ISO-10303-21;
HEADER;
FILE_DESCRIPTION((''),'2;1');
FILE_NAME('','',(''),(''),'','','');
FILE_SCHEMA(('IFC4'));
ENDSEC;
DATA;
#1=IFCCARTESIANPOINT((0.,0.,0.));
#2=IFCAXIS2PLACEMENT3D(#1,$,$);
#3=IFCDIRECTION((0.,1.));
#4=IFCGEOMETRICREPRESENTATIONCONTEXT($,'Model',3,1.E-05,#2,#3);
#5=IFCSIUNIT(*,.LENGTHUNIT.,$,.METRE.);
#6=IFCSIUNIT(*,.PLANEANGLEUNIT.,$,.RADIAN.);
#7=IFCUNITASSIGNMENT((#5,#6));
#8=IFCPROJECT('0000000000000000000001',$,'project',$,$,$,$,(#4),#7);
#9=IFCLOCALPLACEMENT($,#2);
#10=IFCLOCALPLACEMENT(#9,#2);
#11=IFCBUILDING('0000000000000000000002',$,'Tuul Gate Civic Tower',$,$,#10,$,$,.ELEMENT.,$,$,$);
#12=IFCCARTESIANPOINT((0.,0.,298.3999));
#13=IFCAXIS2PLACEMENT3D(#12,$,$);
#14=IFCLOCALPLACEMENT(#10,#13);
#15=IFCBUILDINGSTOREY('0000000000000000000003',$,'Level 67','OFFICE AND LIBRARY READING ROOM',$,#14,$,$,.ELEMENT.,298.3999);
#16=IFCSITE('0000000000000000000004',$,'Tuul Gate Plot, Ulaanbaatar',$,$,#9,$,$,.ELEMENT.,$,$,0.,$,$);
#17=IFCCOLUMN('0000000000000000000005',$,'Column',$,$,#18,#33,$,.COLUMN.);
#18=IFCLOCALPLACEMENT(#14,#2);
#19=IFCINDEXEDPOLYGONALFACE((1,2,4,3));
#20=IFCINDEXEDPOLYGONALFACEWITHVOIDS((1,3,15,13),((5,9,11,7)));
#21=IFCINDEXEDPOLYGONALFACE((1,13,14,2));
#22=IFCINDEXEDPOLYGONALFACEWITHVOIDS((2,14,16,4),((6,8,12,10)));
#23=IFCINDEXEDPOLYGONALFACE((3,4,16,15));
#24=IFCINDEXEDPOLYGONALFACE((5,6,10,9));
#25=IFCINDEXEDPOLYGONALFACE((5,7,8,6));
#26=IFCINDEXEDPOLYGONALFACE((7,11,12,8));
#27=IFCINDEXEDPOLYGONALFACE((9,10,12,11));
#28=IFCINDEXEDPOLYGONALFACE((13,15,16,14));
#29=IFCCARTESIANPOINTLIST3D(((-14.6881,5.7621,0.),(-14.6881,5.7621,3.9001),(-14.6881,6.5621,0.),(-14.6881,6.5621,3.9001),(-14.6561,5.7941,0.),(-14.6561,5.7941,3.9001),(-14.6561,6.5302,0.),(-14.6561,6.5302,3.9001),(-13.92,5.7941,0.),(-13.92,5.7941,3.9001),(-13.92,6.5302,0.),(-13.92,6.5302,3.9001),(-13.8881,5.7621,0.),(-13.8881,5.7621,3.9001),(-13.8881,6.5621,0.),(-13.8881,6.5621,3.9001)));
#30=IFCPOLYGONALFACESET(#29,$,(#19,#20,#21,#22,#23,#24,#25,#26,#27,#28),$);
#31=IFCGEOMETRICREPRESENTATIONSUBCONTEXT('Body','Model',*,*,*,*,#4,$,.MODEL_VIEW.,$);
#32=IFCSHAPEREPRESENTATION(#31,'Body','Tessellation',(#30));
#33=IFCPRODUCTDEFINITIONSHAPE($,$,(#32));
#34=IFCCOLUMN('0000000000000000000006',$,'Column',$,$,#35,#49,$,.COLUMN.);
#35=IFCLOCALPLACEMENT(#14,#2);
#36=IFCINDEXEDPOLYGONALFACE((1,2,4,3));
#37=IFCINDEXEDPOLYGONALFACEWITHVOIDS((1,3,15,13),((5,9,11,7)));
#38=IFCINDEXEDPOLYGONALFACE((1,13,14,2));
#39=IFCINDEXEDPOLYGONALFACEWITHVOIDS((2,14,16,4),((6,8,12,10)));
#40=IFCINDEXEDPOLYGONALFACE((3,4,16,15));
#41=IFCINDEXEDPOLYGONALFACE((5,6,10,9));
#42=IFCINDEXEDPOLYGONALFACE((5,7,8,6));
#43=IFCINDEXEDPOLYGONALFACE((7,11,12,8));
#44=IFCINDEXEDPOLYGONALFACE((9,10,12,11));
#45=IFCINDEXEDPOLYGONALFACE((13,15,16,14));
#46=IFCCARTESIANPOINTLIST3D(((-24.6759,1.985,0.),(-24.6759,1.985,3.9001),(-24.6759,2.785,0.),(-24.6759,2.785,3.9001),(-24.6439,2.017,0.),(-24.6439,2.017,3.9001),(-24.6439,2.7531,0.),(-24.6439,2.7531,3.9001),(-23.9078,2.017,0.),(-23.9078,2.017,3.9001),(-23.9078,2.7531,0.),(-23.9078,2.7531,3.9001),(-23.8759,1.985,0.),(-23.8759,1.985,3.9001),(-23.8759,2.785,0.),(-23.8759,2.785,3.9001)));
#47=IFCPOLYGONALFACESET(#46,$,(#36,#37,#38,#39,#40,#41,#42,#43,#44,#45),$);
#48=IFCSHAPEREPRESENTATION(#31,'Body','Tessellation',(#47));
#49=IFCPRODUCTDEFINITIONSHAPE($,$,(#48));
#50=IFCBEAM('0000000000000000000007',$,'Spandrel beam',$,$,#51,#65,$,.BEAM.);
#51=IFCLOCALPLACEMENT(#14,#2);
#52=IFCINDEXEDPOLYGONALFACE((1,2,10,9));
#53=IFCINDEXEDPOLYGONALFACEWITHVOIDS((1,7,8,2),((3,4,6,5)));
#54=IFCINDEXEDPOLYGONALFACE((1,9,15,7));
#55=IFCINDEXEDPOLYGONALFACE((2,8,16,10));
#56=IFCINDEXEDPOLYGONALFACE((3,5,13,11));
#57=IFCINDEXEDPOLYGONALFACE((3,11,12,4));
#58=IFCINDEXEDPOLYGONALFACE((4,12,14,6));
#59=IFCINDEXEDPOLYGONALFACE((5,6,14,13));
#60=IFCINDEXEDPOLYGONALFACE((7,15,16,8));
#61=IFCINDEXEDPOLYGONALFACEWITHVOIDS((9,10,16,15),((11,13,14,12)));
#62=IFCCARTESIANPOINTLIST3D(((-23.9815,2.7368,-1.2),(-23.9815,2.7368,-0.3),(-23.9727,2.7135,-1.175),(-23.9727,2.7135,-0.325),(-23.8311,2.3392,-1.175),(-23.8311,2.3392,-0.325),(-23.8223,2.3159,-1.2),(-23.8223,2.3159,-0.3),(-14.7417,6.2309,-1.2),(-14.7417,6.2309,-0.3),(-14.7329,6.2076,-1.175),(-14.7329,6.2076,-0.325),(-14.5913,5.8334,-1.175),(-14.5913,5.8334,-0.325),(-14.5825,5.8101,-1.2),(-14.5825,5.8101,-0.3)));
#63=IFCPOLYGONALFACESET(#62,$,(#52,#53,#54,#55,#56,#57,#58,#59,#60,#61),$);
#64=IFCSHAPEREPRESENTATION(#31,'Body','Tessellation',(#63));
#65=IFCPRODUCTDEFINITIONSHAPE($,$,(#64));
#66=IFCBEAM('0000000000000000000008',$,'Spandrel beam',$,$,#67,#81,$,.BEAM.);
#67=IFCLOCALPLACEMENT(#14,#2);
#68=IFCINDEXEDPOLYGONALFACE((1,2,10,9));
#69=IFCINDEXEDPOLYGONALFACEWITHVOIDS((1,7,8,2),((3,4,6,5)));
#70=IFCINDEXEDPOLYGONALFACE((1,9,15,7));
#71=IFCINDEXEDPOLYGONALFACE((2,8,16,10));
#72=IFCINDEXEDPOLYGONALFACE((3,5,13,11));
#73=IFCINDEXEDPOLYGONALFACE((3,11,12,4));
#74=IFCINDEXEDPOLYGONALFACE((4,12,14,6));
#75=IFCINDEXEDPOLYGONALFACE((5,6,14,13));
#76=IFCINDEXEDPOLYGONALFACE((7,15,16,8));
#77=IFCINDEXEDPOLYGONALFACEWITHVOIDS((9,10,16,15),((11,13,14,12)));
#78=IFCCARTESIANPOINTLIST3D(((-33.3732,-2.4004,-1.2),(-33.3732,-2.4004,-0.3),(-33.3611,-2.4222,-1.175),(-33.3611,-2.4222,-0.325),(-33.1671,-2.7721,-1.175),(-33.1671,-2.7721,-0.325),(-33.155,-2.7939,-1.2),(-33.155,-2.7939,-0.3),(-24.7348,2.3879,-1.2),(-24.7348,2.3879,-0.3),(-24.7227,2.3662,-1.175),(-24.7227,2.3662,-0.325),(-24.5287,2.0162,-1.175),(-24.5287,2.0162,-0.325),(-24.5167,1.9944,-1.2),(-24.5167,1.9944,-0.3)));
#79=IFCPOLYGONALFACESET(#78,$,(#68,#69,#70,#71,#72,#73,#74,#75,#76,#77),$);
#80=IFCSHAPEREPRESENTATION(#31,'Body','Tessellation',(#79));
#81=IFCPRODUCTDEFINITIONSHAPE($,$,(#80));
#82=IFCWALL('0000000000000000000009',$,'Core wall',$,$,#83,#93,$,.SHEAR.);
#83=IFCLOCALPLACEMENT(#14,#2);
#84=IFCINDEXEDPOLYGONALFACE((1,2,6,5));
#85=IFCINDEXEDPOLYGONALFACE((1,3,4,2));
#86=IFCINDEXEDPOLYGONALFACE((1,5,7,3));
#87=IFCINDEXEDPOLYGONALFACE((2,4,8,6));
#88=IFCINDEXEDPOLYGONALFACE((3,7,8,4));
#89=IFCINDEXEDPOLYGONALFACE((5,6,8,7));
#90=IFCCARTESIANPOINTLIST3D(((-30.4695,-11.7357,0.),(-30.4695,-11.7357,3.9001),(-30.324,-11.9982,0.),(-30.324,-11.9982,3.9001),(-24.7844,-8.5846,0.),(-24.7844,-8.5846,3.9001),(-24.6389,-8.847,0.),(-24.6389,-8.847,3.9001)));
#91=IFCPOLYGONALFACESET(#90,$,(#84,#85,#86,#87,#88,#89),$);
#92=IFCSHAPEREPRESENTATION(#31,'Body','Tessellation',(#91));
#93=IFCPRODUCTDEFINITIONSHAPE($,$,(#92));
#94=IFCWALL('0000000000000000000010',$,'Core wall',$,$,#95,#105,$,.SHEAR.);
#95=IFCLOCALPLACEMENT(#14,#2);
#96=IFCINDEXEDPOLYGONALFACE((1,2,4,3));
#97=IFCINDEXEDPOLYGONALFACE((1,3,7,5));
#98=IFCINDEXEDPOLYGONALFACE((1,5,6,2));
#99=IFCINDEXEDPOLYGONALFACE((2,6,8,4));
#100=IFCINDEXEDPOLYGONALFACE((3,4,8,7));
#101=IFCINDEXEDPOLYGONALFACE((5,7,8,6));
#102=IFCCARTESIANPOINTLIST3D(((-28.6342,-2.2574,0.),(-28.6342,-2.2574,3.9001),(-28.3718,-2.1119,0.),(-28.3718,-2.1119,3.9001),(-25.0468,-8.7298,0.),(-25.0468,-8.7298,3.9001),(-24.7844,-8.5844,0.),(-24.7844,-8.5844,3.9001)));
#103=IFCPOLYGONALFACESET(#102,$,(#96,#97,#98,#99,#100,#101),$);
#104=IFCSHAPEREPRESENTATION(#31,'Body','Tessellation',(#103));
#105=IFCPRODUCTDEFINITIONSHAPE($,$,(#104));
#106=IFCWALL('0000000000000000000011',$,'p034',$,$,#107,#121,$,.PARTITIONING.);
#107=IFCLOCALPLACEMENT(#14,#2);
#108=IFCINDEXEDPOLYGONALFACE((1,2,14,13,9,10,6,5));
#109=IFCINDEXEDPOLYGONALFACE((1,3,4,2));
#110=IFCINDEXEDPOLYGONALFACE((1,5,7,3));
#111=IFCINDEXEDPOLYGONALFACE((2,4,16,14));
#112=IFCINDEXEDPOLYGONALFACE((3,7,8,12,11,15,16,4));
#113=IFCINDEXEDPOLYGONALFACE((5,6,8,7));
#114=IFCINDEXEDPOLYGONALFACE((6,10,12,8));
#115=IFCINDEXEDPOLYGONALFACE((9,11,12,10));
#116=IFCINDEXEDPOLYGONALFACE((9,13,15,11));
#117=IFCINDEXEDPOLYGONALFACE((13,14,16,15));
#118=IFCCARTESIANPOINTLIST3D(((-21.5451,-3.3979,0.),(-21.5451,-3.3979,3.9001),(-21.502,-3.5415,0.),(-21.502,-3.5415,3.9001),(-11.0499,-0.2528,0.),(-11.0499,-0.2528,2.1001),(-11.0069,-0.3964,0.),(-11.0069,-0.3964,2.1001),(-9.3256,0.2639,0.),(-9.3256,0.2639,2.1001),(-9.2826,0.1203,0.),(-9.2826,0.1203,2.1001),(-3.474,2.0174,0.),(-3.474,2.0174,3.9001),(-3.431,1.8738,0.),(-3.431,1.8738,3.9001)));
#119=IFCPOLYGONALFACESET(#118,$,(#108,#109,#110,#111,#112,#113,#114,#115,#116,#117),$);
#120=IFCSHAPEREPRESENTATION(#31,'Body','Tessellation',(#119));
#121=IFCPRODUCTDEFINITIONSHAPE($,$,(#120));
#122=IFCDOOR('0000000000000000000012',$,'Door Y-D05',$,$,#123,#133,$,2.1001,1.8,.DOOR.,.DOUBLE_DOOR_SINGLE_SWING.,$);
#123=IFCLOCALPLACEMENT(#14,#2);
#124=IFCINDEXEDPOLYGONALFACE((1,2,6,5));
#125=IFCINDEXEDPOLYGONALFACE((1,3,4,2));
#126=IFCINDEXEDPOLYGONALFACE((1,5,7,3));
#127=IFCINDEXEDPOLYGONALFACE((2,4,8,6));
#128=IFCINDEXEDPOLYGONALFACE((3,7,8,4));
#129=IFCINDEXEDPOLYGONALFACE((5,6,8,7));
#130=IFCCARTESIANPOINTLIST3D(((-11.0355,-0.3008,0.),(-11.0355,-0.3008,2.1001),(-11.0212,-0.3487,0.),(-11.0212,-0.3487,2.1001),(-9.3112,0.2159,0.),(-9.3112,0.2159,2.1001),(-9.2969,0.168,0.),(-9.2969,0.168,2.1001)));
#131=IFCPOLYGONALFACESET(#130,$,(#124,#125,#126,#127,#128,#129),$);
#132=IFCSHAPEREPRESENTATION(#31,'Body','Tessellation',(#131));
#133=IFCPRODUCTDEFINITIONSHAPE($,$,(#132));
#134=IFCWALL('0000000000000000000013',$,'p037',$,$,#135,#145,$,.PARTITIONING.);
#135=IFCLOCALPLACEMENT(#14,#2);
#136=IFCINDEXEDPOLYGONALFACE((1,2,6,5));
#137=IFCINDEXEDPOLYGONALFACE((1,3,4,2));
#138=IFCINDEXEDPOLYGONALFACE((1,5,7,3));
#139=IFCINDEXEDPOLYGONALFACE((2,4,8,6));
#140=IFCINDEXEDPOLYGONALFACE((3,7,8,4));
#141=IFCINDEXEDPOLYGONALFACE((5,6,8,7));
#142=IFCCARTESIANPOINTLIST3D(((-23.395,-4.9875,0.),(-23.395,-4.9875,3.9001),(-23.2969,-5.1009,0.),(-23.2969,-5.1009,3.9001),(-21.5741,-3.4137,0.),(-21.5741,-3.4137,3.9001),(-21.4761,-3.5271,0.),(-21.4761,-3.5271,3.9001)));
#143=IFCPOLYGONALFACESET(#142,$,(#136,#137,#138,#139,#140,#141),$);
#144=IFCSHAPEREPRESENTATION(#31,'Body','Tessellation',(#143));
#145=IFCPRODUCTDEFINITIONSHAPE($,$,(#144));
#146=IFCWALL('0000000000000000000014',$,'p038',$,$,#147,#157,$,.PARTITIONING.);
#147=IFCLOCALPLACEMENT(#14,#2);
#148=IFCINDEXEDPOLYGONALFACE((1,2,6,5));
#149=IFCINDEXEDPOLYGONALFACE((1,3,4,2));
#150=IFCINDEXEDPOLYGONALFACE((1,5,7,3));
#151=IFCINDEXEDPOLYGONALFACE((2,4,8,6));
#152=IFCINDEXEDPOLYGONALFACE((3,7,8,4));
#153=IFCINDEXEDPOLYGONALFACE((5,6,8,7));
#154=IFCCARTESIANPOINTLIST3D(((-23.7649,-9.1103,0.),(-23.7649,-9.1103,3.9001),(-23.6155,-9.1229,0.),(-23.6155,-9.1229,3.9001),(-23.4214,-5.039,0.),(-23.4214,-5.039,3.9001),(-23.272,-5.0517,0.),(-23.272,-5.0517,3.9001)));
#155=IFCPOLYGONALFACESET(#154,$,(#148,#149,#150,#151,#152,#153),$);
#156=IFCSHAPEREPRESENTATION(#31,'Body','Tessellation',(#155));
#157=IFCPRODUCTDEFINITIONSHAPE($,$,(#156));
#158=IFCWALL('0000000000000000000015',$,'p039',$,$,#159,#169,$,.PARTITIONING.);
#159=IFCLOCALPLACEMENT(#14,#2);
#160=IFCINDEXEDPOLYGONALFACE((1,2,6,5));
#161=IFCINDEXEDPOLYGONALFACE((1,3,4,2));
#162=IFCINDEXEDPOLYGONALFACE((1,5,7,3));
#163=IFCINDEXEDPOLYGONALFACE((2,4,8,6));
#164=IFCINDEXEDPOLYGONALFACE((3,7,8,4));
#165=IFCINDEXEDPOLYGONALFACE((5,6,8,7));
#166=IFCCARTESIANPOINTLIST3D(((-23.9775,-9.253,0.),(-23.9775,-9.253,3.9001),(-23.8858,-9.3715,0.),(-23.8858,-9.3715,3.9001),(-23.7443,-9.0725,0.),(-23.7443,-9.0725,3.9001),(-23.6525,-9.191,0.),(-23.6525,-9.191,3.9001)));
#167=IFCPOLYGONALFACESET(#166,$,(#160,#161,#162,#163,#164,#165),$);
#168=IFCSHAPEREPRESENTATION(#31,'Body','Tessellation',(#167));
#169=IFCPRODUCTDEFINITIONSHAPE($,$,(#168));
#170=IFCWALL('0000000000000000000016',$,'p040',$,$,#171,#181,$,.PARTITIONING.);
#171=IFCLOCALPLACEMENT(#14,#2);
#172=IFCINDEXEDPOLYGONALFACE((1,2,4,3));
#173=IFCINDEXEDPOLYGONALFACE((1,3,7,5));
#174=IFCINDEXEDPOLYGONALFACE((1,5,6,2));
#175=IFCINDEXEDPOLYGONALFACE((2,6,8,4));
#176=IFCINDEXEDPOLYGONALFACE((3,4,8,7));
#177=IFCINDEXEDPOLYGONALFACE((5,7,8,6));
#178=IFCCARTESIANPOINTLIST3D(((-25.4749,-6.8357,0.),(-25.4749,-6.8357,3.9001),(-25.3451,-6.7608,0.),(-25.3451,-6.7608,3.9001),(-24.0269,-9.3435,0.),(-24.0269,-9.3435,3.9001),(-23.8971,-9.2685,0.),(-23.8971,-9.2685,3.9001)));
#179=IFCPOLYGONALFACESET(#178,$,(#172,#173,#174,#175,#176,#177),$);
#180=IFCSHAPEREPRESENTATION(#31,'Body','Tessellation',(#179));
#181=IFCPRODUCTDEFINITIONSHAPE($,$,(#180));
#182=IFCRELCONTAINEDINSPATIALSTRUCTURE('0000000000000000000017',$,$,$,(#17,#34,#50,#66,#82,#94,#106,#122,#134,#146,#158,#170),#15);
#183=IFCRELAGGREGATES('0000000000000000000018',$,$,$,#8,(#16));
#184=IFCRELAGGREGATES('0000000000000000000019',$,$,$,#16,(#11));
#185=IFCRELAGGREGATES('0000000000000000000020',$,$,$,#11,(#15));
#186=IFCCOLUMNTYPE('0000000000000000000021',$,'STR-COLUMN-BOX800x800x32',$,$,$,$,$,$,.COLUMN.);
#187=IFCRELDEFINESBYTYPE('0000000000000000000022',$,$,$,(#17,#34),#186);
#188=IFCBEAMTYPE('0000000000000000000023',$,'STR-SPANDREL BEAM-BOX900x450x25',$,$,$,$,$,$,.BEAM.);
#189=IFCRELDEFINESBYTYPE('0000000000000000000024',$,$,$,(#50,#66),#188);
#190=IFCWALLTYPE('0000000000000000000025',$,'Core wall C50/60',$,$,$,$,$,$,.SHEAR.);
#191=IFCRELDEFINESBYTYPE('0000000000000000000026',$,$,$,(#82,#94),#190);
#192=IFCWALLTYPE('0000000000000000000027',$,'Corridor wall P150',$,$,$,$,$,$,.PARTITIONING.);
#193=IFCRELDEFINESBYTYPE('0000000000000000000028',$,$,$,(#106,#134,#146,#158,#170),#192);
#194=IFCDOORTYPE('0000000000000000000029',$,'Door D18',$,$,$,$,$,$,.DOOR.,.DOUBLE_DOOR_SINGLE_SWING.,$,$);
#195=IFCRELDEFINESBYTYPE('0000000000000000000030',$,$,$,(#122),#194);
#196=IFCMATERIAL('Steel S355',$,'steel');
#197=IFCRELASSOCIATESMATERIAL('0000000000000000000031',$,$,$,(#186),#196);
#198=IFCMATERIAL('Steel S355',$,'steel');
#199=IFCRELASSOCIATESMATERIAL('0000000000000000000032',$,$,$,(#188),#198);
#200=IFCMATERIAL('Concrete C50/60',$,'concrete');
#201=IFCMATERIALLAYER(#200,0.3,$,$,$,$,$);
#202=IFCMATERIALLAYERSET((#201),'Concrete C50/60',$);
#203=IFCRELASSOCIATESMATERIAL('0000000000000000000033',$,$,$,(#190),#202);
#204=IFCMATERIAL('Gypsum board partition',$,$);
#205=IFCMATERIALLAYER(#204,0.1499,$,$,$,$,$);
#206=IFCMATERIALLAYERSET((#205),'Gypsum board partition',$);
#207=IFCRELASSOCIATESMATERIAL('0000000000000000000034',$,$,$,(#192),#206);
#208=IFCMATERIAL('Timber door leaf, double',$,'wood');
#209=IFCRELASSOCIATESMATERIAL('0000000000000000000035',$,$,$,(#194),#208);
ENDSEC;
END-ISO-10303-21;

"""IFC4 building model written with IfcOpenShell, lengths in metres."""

from ifc_helpers import new_model, si_unit, direction, frame, frame_2d, origin, origin_2d, place, context, subcontext, project, spatial, rectangle, hollow_rectangle, extrude, material, layer, layer_set, material_profile, profile_set, type_object, element, fill, save


model = new_model("IFC4")

# Units and contexts
model_context = context("Model", 3, precision=1e-05, world=origin(), true_north=direction((0.0, 1.0)))
body_context = subcontext(model_context, "Body", "Model", "MODEL_VIEW")
ifc_project = project(units=[si_unit("LENGTHUNIT", "METRE"), si_unit("PLANEANGLEUNIT", "RADIAN")], contexts=[model_context])

# Site, building, storey
site_placement = place(None, origin())
site = spatial("IfcSite", under=ifc_project, at=site_placement, Name="Tuul Gate Plot, Ulaanbaatar", CompositionType="ELEMENT", RefElevation=0.0)
building_placement = place(site_placement, origin())
building = spatial("IfcBuilding", under=site, at=building_placement, Name="Tuul Gate Civic Tower", CompositionType="ELEMENT")
storey_placement = place(building_placement, frame((0.0, 0.0, 298.3999)))
storey = spatial("IfcBuildingStorey", under=building, at=storey_placement, Name="Level 67", Description="OFFICE AND LIBRARY READING ROOM", CompositionType="ELEMENT", Elevation=298.3999)

# Columns
ifc_material_1 = material(Name="Steel S355", Category="steel")
ifc_material_profile_1 = material_profile(ifc_material_1, hollow_rectangle(XDim=0.8, YDim=0.8, WallThickness=0.032, at=origin_2d()), Name="BOX800x800x32")
ifc_profile_set_1 = profile_set([ifc_material_profile_1], Name="Steel S355")
column_type = type_object("IfcColumnType", Name="STR-COLUMN-BOX800x800x32", PredefinedType="COLUMN", material=ifc_profile_set_1)
for number, where, z_axis, x_axis, name in (
    (1, (-14.2881, 6.1621, 0.0), (0.0, 0.0, 1.0), (1.0, 0.0, 0.0), "Column"),
    (2, (-24.2759, 2.385, 0.0), (0.0, 0.0, 1.0), (1.0, 0.0, 0.0), "Column"),
):
    element("IfcColumn", number, at=place(storey_placement, frame(where, z_axis=z_axis, x_axis=x_axis)), inside=storey, type_object=column_type, Name=name, PredefinedType="COLUMN", context=body_context, shape_type="SweptSolid", body=[
        extrude(hollow_rectangle(XDim=0.8, YDim=0.8, WallThickness=0.032, at=origin_2d()), origin(), (0.0, 0.0, 1.0), 3.9001),
    ])

# Beams
ifc_material_2 = material(Name="Steel S355", Category="steel")
ifc_material_profile_2 = material_profile(ifc_material_2, hollow_rectangle(XDim=0.45, YDim=0.8999, WallThickness=0.0249, at=origin_2d()), Name="BOX900x450x25")
ifc_profile_set_2 = profile_set([ifc_material_profile_2], Name="Steel S355")
beam_type = type_object("IfcBeamType", Name="STR-SPANDREL BEAM-BOX900x450x25", PredefinedType="BEAM", material=ifc_profile_set_2)
beam_1_placement = place(storey_placement, frame((-14.6621, 6.0205, -0.75), z_axis=(-0.935353, -0.353717, 0.0), x_axis=(0.353717, -0.935353, 0.0)))
element("IfcBeam", 3, at=beam_1_placement, inside=storey, type_object=beam_type, Name="Spandrel beam", PredefinedType="BEAM", context=body_context, shape_type="SweptSolid", body=[
    extrude(hollow_rectangle(XDim=0.45, YDim=0.8999, WallThickness=0.0249, at=origin_2d()), origin(), (0.0, 0.0, 1.0), 9.8784),
])
beam_2_placement = place(storey_placement, frame((-24.6257, 2.1912, -0.75), z_axis=(-0.874621, -0.484807, 0.0), x_axis=(0.484807, -0.874621, 0.0)))
element("IfcBeam", 4, at=beam_2_placement, inside=storey, type_object=beam_type, Name="Spandrel beam", PredefinedType="BEAM", context=body_context, shape_type="SweptSolid", body=[
    extrude(hollow_rectangle(XDim=0.45, YDim=0.8999, WallThickness=0.0249, at=origin_2d()), origin(), (0.0, 0.0, 1.0), 9.8767),
])

# Walls
ifc_material_3 = material(Name="Concrete C50/60", Category="concrete")
ifc_layer_1 = layer(ifc_material_3, 0.3)
ifc_layer_set_1 = layer_set([ifc_layer_1], Name="Concrete C50/60")
wall_type_1 = type_object("IfcWallType", Name="Core wall C50/60", PredefinedType="SHEAR", material=ifc_layer_set_1)
wall_1_placement = place(storey_placement, frame((-24.7117, -8.7158, 0.0), z_axis=(0.0, 0.0, 1.0), x_axis=(-0.87463, -0.484791, 0.0)))
element("IfcWall", 5, at=wall_1_placement, inside=storey, type_object=wall_type_1, Name="Core wall", PredefinedType="SHEAR", context=body_context, shape_type="SweptSolid", body=[
    extrude(rectangle(XDim=6.5, YDim=0.3, at=frame_2d((3.25, 0.0))), origin(), (0.0, 0.0, 1.0), 3.9001),
])
wall_2_placement = place(storey_placement, frame((-24.9155, -8.6572, 0.0), z_axis=(0.0, 0.0, 1.0), x_axis=(-0.484777, 0.874638, 0.0)))
element("IfcWall", 6, at=wall_2_placement, inside=storey, type_object=wall_type_1, Name="Core wall", PredefinedType="SHEAR", context=body_context, shape_type="SweptSolid", body=[
    extrude(rectangle(XDim=7.4001, YDim=0.3, at=frame_2d((3.7002, 0.0))), origin(), (0.0, 0.0, 1.0), 3.9001),
])

# Wall, opening, door
ifc_material_4 = material(Name="Gypsum board partition")
ifc_layer_2 = layer(ifc_material_4, 0.1499)
ifc_layer_set_2 = layer_set([ifc_layer_2], Name="Gypsum board partition")
wall_type_2 = type_object("IfcWallType", Name="Corridor wall P150", PredefinedType="PARTITIONING", material=ifc_layer_set_2)
wall_3_placement = place(storey_placement, frame((-21.5237, -3.4697, 0.0), z_axis=(0.0, 0.0, 1.0), x_axis=(0.957914, 0.287055, 0.0)))
wall_3 = element("IfcWall", 7, at=wall_3_placement, inside=storey, type_object=wall_type_2, Name="p034", PredefinedType="PARTITIONING", context=body_context, shape_type="SweptSolid", body=[
    extrude(rectangle(XDim=18.865, YDim=0.1499, at=frame_2d((9.4326, 0.0))), origin(), (0.0, 0.0, 1.0), 3.9001),
])
opening_1_placement = place(wall_3_placement, frame((10.9565, 0.0, 0.0)))
opening_1 = element("IfcOpeningElement", 8, at=opening_1_placement, cuts=wall_3, PredefinedType="OPENING", context=body_context, shape_type="SweptSolid", body=[
    extrude(rectangle(XDim=1.8, YDim=2.1001, at=frame_2d((0.8999, 1.05))), frame((0.0, 0.085, 0.0), z_axis=(0.0, -1.0, 0.0), x_axis=(1.0, 0.0, 0.0)), (0.0, 0.0, 1.0), 0.1699),
])
ifc_material_5 = material(Name="Timber door leaf, double", Category="wood")
door_type = type_object("IfcDoorType", Name="Door D18", OperationType="DOUBLE_DOOR_SINGLE_SWING", PredefinedType="DOOR", material=ifc_material_5)
door_1_placement = place(opening_1_placement, origin())
door_1 = element("IfcDoor", 9, at=door_1_placement, inside=storey, type_object=door_type, Name="Door Y-D05", OperationType="DOUBLE_DOOR_SINGLE_SWING", OverallHeight=2.1001, OverallWidth=1.8, PredefinedType="DOOR", context=body_context, shape_type="SweptSolid", body=[
    extrude(rectangle(XDim=1.8, YDim=2.1001, at=frame_2d((0.8999, 1.05))), frame((0.0, 0.0249, 0.0), z_axis=(0.0, -1.0, 0.0), x_axis=(1.0, 0.0, 0.0)), (0.0, 0.0, 1.0), 0.05),
])
fill(opening_1, door_1)

# Walls
wall_4_placement = place(storey_placement, frame((-23.3459, -5.0442, 0.0), z_axis=(0.0, 0.0, 1.0), x_axis=(0.756572, 0.65391, 0.0)))
element("IfcWall", 10, at=wall_4_placement, inside=storey, type_object=wall_type_2, Name="p037", PredefinedType="PARTITIONING", context=body_context, shape_type="SweptSolid", body=[
    extrude(rectangle(XDim=2.4067, YDim=0.1499, at=frame_2d((1.2034, 0.0))), origin(), (0.0, 0.0, 1.0), 3.9001),
])
wall_5_placement = place(storey_placement, frame((-23.6902, -9.1167, 0.0), z_axis=(0.0, 0.0, 1.0), x_axis=(0.084074, 0.99646, 0.0)))
element("IfcWall", 11, at=wall_5_placement, inside=storey, type_object=wall_type_2, Name="p038", PredefinedType="PARTITIONING", context=body_context, shape_type="SweptSolid", body=[
    extrude(rectangle(XDim=4.0857, YDim=0.1499, at=frame_2d((2.043, 0.0))), origin(), (0.0, 0.0, 1.0), 3.9001),
])
wall_6_placement = place(storey_placement, frame((-23.9316, -9.3123, 0.0), z_axis=(0.0, 0.0, 1.0), x_axis=(0.790866, 0.611989, 0.0)))
element("IfcWall", 12, at=wall_6_placement, inside=storey, type_object=wall_type_2, Name="p039", PredefinedType="PARTITIONING", context=body_context, shape_type="SweptSolid", body=[
    extrude(rectangle(XDim=0.2949, YDim=0.1499, at=frame_2d((0.1475, 0.0))), origin(), (0.0, 0.0, 1.0), 3.9001),
])
wall_7_placement = place(storey_placement, frame((-25.4099, -6.7983, 0.0), z_axis=(0.0, 0.0, 1.0), x_axis=(0.500029, -0.866009, 0.0)))
element("IfcWall", 13, at=wall_7_placement, inside=storey, type_object=wall_type_2, Name="p040", PredefinedType="PARTITIONING", context=body_context, shape_type="SweptSolid", body=[
    extrude(rectangle(XDim=2.8958, YDim=0.1499, at=frame_2d((1.4478, 0.0))), origin(), (0.0, 0.0, 1.0), 3.9001),
])

save(model, "model.ifc")
